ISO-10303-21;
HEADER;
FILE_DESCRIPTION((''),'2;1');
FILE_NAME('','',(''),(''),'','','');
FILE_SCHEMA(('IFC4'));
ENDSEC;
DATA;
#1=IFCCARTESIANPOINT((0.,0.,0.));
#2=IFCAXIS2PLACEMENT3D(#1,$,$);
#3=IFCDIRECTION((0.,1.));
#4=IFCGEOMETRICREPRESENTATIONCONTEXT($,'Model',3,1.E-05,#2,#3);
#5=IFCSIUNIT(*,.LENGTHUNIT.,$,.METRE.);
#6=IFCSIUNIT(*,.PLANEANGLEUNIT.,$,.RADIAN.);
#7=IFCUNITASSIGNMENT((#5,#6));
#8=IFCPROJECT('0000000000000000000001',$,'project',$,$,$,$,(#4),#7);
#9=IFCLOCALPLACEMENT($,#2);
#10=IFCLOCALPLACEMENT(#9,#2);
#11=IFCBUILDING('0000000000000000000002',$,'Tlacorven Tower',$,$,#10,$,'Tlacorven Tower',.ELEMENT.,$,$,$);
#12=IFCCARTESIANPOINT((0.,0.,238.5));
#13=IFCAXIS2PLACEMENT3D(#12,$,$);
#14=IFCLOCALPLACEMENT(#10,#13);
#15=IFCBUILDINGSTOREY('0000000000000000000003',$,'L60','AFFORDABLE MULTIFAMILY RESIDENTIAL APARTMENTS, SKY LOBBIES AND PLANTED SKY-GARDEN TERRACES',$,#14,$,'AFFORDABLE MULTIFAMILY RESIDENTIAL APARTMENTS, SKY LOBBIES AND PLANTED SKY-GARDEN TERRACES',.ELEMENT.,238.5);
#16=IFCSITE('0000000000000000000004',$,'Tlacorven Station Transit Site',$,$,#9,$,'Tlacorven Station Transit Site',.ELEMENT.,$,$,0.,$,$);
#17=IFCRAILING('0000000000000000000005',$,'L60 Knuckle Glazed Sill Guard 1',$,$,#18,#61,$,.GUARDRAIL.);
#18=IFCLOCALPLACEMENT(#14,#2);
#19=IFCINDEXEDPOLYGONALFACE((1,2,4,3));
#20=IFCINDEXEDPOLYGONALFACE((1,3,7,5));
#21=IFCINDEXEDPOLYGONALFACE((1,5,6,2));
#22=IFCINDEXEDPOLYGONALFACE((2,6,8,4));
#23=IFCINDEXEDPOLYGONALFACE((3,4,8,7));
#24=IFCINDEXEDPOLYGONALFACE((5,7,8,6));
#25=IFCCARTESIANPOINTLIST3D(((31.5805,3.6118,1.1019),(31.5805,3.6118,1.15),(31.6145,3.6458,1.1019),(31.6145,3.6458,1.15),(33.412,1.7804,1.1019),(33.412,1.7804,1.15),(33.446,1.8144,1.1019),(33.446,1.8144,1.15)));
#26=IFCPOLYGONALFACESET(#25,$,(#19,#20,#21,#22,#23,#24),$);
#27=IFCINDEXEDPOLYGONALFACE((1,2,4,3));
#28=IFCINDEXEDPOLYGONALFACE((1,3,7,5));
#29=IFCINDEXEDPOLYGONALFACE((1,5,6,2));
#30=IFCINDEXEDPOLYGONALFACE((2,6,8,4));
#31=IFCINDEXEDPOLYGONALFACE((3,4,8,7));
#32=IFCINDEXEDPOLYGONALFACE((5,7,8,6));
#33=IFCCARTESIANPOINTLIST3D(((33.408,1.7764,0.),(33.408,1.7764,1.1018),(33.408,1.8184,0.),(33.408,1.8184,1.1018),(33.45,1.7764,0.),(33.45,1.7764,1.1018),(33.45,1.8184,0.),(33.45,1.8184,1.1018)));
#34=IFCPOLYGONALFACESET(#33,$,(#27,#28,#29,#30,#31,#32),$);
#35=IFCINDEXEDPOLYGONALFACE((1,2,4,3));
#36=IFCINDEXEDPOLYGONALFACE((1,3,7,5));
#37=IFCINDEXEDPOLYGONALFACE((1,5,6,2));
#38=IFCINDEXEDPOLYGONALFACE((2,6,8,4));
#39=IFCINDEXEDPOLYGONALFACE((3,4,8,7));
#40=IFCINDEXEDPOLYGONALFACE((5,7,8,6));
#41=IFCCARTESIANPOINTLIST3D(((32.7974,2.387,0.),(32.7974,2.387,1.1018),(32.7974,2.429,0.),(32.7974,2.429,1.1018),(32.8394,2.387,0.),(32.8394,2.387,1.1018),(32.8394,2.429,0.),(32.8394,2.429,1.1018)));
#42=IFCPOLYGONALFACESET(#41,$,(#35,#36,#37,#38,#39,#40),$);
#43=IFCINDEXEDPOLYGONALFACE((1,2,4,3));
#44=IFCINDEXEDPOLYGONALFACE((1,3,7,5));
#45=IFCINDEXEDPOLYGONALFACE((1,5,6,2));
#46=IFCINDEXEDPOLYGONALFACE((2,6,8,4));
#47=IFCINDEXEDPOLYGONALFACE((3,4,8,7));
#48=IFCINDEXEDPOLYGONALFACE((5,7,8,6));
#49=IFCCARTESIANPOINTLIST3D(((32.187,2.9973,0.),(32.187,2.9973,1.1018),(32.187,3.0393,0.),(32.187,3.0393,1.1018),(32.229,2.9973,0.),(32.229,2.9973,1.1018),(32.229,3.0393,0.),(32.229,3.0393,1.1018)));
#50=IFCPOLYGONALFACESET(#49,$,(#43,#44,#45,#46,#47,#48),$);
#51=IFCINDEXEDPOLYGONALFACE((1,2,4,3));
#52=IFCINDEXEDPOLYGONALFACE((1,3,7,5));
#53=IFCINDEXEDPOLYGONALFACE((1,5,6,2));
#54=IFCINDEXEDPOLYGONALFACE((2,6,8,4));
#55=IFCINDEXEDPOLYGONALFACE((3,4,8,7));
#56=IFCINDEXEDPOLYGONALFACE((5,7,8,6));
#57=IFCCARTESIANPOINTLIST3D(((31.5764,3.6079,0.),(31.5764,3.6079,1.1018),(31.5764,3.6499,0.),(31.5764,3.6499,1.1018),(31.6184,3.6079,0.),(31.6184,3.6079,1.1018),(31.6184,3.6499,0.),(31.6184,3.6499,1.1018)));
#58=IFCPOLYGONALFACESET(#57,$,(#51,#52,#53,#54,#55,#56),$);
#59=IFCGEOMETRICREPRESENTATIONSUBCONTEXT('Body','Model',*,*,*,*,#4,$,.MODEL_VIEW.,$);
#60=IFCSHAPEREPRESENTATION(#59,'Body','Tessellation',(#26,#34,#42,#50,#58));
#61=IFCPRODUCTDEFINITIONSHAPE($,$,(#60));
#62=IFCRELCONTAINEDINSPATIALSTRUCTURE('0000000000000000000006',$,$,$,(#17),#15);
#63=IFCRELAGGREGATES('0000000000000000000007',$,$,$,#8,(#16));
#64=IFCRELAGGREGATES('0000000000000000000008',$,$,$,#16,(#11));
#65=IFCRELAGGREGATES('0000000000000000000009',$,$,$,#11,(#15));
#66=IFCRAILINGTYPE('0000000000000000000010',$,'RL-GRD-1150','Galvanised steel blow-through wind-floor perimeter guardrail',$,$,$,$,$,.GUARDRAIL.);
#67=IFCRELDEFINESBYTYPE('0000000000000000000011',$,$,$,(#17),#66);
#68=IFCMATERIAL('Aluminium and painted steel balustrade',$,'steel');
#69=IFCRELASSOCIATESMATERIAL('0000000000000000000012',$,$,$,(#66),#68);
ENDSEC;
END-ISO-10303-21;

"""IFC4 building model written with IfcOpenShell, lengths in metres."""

from ifc_helpers import new_model, si_unit, direction, frame, origin, origin_2d, place, context, subcontext, project, spatial, rectangle, extrude, source, transform, mapped, material, type_object, element, save


model = new_model("IFC4")

# Units and contexts
model_context = context("Model", 3, precision=1e-05, world=origin(), true_north=direction((0.0, 1.0)))
body_context = subcontext(model_context, "Body", "Model", "MODEL_VIEW")
ifc_project = project(units=[si_unit("LENGTHUNIT", "METRE"), si_unit("PLANEANGLEUNIT", "RADIAN")], contexts=[model_context])

# Site, building, storey
site_placement = place(None, origin())
site = spatial("IfcSite", under=ifc_project, at=site_placement, Name="Tlacorven Station Transit Site", LongName="Tlacorven Station Transit Site", CompositionType="ELEMENT", RefElevation=0.0)
building_placement = place(site_placement, origin())
building = spatial("IfcBuilding", under=site, at=building_placement, Name="Tlacorven Tower", LongName="Tlacorven Tower", CompositionType="ELEMENT")
storey_placement = place(building_placement, frame((0.0, 0.0, 238.5)))
storey = spatial("IfcBuildingStorey", under=building, at=storey_placement, Name="L60", Description="AFFORDABLE MULTIFAMILY RESIDENTIAL APARTMENTS, SKY LOBBIES AND PLANTED SKY-GARDEN TERRACES", LongName="AFFORDABLE MULTIFAMILY RESIDENTIAL APARTMENTS, SKY LOBBIES AND PLANTED SKY-GARDEN TERRACES", CompositionType="ELEMENT", Elevation=238.5)

# Railing
ifc_material_1 = material(Name="Aluminium and painted steel balustrade", Category="steel")
railing_type = type_object("IfcRailingType", Name="RL-GRD-1150", Description="Galvanised steel blow-through wind-floor perimeter guardrail", PredefinedType="GUARDRAIL", material=ifc_material_1)
shared_shape_1 = source(origin(), body_context, "Body", "SweptSolid", [
    extrude(rectangle(XDim=0.0481, YDim=0.0481, at=origin_2d()), frame((0.0, 0.0, 1.126), z_axis=(-0.707107, 0.707107, 0.0), x_axis=(-0.707107, -0.707107, 0.0)), (0.0, 0.0, 1.0), 2.5901),
    extrude(rectangle(XDim=0.042, YDim=0.042, at=origin_2d()), origin(), (0.0, 0.0, 1.0), 1.1018),
    extrude(rectangle(XDim=0.042, YDim=0.042, at=origin_2d()), frame((-0.6106, 0.6106, 0.0)), (0.0, 0.0, 1.0), 1.1018),
    extrude(rectangle(XDim=0.042, YDim=0.042, at=origin_2d()), frame((-1.2209, 1.2209, 0.0)), (0.0, 0.0, 1.0), 1.1018),
    extrude(rectangle(XDim=0.042, YDim=0.042, at=origin_2d()), frame((-1.8315, 1.8315, 0.0)), (0.0, 0.0, 1.0), 1.1018),
])
railing_placement = place(storey_placement, frame((33.429, 1.7974, 0.0)))
element("IfcRailing", 1, at=railing_placement, inside=storey, type_object=railing_type, Name="L60 Knuckle Glazed Sill Guard 1", PredefinedType="GUARDRAIL", context=body_context, shape_type="MappedRepresentation", body=[
    mapped(shared_shape_1, transform((0.0, 0.0, 0.0), scale=1.0)),
])

save(model, "model.ifc")
